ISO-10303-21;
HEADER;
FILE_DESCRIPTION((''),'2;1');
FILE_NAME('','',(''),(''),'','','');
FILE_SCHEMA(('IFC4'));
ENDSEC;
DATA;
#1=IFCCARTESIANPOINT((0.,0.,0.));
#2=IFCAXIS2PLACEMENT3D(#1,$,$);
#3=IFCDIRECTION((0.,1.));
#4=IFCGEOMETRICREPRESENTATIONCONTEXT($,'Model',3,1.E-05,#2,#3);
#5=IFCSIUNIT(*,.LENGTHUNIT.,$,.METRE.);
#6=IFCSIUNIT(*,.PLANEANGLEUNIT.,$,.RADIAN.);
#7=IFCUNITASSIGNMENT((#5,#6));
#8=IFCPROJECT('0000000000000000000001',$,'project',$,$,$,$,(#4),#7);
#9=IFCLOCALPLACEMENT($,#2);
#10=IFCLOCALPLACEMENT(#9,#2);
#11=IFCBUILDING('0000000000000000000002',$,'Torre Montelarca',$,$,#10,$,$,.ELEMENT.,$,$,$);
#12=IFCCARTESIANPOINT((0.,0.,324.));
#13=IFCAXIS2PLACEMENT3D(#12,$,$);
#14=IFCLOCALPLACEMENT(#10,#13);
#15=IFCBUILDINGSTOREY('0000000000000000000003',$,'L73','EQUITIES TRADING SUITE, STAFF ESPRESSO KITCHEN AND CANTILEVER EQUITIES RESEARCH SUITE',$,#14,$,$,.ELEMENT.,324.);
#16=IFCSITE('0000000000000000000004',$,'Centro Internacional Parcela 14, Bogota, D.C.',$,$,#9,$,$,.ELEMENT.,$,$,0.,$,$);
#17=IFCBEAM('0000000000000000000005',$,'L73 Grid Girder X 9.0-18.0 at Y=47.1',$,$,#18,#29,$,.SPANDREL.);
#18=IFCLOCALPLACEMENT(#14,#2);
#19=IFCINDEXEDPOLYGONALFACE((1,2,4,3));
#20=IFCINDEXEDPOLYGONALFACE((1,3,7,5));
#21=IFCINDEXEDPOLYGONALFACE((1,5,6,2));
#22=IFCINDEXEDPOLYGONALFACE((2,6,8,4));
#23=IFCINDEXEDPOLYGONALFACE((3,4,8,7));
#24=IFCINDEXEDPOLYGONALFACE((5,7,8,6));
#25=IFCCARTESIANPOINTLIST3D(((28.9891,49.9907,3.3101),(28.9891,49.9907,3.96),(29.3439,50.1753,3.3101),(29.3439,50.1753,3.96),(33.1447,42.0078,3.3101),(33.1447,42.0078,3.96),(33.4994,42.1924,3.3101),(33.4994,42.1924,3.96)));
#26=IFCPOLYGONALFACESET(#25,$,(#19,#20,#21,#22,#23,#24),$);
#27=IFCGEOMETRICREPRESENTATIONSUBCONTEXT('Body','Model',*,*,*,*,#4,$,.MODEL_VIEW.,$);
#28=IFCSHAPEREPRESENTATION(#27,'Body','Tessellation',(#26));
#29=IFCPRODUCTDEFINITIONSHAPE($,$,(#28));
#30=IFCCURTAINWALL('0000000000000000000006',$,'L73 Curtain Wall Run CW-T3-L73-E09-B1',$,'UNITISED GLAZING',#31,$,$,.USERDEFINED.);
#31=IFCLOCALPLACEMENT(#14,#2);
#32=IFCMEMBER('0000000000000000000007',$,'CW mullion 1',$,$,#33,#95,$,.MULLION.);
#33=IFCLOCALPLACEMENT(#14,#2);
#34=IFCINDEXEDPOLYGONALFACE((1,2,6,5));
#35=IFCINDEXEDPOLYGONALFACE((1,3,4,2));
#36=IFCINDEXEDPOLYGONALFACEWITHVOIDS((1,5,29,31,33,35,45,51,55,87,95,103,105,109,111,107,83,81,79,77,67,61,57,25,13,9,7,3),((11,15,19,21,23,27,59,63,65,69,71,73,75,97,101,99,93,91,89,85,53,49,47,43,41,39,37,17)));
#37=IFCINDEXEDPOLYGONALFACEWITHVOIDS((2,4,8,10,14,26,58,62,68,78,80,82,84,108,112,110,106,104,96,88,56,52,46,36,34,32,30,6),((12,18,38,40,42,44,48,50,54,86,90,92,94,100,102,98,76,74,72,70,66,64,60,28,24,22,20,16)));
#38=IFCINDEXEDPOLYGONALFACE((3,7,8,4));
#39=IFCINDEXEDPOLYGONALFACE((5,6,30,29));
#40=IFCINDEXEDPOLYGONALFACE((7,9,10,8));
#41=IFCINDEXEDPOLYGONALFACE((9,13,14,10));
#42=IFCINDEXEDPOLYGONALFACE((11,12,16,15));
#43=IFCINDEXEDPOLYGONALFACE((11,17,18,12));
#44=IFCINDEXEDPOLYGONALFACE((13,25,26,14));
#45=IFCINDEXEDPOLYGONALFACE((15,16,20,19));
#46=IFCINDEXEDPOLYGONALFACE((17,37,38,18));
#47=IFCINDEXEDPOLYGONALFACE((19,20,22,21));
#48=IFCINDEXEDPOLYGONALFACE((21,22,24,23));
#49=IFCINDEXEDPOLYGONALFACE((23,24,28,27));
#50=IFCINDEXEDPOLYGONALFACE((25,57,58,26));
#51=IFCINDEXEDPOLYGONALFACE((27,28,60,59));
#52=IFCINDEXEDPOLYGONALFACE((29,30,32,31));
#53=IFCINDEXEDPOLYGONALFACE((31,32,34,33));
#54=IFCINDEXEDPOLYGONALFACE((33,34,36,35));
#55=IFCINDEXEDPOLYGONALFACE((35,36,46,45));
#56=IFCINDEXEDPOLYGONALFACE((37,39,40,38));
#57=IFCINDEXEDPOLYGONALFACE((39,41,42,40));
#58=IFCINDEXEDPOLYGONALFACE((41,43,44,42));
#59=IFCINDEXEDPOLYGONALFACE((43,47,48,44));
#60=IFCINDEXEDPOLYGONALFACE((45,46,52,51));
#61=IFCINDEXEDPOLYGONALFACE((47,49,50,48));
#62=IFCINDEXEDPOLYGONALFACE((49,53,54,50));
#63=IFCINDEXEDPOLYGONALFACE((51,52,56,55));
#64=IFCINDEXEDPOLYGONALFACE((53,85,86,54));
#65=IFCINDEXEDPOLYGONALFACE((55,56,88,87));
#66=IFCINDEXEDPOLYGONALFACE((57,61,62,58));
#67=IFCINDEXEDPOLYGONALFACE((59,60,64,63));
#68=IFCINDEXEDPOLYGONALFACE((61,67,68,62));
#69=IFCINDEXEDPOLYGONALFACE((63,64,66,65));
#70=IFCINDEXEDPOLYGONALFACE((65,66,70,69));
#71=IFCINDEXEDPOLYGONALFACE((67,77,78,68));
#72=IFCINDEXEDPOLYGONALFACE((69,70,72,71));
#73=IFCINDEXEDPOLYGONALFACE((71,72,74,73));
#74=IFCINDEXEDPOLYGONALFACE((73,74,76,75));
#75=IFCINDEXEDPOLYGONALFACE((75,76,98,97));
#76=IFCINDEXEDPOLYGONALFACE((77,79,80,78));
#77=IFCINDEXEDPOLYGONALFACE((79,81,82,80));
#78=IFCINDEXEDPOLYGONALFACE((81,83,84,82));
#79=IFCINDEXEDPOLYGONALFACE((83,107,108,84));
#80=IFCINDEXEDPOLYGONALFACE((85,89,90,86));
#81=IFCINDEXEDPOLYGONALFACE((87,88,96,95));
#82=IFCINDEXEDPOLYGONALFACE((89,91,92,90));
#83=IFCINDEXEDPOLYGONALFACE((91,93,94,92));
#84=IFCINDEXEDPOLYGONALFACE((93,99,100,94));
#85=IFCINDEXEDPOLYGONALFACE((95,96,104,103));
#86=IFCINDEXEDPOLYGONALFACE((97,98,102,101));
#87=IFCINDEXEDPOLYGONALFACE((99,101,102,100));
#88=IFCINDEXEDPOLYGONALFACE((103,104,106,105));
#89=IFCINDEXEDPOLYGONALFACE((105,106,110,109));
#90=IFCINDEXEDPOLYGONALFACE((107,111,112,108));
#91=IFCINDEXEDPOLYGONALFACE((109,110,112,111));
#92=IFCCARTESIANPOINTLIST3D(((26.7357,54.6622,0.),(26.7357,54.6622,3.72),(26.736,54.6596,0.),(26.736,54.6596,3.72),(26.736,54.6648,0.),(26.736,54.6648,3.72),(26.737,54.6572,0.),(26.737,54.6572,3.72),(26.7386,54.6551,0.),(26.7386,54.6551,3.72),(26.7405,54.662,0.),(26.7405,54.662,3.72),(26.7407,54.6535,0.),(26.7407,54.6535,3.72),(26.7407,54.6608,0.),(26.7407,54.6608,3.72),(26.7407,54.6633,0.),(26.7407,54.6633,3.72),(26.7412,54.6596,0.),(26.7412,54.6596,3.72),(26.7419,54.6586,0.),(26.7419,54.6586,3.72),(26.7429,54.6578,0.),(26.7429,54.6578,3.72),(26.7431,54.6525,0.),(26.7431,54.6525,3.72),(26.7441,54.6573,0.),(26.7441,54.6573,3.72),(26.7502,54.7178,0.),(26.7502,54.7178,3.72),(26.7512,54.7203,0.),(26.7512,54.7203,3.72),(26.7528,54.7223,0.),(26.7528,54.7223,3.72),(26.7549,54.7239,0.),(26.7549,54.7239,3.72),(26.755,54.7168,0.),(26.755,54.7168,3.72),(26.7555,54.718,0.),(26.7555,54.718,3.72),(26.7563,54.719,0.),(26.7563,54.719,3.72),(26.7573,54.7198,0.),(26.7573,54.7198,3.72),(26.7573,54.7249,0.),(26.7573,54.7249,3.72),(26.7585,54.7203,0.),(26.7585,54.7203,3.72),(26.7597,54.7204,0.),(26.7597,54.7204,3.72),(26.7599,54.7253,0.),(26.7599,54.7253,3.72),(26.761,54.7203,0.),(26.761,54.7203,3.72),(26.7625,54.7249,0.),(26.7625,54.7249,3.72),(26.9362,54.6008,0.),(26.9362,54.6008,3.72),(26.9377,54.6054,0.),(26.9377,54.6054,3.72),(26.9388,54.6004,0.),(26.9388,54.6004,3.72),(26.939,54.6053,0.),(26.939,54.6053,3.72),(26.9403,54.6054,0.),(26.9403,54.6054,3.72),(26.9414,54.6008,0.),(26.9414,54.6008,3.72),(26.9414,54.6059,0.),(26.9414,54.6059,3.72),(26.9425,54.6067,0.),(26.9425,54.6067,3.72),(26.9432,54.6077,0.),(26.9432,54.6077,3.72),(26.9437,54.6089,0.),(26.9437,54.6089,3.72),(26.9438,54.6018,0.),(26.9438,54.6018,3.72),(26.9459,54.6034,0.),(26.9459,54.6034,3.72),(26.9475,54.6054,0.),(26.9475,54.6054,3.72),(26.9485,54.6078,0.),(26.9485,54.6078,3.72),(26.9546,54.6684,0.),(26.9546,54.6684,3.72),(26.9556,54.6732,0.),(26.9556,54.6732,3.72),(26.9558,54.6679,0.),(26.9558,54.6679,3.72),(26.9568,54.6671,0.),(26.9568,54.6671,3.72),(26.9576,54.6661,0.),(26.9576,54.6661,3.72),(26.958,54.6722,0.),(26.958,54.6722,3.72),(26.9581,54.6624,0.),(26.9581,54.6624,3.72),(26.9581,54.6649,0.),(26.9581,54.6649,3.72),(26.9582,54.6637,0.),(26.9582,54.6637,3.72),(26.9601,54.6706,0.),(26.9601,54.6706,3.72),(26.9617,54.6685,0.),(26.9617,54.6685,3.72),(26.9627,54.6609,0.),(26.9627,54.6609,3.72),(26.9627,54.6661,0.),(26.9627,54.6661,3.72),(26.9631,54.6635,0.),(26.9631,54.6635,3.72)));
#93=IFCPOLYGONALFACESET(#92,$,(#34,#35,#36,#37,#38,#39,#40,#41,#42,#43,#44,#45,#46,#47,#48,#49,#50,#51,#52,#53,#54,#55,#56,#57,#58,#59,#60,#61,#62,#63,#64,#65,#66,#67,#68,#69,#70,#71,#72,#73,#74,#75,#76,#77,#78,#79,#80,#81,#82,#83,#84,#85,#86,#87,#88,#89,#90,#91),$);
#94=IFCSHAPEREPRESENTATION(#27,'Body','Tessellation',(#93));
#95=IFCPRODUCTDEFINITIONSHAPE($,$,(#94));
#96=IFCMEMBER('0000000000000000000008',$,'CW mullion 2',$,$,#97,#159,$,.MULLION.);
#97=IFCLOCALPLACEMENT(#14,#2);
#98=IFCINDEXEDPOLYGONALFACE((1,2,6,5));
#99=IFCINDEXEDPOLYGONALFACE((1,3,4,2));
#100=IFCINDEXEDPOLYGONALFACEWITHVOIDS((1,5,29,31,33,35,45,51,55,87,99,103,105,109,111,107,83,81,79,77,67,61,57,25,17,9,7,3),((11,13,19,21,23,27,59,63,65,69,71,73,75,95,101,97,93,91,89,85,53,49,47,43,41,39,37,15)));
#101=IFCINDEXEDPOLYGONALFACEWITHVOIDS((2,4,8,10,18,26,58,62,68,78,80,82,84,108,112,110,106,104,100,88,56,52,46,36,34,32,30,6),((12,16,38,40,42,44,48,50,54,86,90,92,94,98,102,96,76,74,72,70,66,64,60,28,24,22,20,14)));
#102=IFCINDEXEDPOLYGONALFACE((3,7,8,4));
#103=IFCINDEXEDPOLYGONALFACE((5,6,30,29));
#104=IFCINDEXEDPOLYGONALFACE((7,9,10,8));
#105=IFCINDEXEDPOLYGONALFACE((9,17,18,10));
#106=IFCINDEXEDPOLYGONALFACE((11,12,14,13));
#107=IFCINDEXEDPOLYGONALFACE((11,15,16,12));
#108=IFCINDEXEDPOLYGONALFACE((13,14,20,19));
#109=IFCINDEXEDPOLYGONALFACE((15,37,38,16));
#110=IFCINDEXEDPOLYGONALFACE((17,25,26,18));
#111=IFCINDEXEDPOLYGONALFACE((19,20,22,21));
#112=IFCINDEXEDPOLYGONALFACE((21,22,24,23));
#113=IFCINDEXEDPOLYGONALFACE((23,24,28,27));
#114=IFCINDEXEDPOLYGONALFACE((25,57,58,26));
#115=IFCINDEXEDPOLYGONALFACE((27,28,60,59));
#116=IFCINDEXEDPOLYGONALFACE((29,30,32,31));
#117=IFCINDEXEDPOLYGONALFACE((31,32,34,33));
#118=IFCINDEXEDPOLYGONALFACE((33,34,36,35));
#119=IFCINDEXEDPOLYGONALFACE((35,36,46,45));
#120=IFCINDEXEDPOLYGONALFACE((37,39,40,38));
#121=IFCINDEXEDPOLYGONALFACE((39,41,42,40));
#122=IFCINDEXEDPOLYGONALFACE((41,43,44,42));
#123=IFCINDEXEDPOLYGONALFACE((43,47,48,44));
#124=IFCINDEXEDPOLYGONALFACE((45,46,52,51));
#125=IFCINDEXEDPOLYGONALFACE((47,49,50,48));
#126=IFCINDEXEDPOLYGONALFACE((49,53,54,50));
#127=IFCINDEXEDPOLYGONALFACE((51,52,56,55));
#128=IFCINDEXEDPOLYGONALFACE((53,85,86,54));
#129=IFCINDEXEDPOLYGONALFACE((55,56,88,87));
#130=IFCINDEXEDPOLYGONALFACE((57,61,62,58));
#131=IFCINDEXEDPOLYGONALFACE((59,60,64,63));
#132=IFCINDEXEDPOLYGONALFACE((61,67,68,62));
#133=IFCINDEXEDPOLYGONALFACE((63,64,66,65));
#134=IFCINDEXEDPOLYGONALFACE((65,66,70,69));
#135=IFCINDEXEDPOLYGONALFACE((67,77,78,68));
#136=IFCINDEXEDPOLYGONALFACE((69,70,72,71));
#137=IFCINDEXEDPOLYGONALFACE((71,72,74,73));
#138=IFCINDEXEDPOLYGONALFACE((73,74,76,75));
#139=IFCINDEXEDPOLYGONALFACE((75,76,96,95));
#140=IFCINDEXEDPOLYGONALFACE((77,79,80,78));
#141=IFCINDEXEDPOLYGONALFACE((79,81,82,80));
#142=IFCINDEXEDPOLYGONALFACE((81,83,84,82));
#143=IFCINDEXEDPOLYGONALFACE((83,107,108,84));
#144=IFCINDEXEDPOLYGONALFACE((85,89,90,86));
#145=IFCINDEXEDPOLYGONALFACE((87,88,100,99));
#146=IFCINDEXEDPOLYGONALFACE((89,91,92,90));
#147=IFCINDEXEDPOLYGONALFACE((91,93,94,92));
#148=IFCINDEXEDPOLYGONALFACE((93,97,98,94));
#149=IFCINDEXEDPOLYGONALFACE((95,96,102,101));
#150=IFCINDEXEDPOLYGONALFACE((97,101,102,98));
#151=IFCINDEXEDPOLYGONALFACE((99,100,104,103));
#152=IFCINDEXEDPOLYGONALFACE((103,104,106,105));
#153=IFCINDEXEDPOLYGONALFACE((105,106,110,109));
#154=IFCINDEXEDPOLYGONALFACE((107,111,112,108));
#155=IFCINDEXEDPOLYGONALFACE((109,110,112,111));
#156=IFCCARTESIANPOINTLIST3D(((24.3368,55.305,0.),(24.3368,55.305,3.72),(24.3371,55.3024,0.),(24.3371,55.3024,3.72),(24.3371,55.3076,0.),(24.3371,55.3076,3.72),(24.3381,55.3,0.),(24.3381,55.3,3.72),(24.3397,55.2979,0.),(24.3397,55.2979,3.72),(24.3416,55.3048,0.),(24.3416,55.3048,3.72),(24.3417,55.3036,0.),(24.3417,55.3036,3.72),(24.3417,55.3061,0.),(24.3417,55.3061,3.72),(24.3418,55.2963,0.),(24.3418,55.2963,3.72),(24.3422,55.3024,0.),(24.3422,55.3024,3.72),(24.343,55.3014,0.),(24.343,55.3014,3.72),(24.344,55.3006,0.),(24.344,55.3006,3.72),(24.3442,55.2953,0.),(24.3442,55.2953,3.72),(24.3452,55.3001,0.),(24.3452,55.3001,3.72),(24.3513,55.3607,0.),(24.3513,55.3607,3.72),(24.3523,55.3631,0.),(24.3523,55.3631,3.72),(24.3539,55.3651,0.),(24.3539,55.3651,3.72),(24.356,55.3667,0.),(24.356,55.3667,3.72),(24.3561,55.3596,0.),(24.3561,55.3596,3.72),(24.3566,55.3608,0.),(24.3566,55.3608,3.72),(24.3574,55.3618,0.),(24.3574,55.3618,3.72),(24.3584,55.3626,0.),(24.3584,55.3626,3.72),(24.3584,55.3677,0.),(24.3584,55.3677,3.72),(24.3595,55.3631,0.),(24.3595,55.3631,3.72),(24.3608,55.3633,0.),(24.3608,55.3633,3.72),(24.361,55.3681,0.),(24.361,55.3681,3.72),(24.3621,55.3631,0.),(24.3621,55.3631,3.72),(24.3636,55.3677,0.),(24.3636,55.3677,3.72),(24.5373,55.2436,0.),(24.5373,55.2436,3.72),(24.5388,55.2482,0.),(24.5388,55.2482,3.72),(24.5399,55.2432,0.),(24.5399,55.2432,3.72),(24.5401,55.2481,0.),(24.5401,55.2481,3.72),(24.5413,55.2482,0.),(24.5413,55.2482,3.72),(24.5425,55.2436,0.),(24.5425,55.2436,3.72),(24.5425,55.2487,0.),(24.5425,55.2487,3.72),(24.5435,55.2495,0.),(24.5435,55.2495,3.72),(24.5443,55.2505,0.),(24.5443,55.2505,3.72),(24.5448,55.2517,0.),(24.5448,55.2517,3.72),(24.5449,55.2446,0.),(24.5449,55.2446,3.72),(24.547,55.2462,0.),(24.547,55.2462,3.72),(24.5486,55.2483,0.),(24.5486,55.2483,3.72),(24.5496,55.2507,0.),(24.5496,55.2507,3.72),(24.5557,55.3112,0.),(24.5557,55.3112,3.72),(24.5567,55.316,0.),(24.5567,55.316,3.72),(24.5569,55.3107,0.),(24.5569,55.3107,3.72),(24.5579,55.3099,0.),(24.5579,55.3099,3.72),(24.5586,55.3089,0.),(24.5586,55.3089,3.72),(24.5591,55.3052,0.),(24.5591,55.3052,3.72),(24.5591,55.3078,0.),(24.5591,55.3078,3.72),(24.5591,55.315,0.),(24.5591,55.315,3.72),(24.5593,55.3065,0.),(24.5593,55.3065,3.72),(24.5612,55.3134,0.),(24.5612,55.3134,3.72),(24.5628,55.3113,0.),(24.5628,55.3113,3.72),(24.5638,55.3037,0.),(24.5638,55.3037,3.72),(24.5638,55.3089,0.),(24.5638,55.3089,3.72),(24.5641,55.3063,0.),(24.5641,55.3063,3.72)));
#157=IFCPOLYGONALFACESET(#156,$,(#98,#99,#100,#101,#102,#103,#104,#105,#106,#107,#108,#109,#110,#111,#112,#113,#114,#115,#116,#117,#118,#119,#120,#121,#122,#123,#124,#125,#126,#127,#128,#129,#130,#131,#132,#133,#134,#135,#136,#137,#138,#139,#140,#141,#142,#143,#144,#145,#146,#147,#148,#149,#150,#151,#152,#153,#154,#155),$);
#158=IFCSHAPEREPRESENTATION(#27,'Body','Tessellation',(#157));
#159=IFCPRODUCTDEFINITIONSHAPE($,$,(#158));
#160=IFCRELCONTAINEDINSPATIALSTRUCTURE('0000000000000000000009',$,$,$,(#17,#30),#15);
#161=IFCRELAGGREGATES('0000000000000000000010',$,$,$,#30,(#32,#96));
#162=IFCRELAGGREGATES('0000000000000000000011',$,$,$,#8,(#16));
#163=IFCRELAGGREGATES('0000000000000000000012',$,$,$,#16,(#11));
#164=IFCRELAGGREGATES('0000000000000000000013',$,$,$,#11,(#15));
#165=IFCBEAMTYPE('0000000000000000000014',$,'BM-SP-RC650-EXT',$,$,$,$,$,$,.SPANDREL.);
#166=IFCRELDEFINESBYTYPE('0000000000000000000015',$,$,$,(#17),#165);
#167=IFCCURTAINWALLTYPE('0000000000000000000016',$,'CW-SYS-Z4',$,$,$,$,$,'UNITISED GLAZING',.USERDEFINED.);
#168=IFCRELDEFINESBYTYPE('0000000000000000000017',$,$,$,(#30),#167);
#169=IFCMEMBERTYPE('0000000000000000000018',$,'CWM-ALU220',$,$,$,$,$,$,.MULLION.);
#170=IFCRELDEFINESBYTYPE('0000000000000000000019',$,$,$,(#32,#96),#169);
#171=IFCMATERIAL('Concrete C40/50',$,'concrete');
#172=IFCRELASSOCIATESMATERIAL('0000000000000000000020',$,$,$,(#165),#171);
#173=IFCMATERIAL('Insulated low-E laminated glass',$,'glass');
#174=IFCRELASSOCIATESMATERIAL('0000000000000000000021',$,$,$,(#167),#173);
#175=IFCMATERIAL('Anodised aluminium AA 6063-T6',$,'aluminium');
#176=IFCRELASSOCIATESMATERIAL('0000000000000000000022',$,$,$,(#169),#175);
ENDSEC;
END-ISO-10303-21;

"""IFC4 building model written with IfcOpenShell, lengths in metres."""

from ifc_helpers import new_model, si_unit, direction, frame, origin, origin_2d, place, context, subcontext, project, spatial, rectangle, hollow_rectangle, extrude, source, transform, mapped, material, material_profile, profile_set, type_object, element, aggregate, save


model = new_model("IFC4")

# Units and contexts
model_context = context("Model", 3, precision=1e-05, world=origin(), true_north=direction((0.0, 1.0)))
body_context = subcontext(model_context, "Body", "Model", "MODEL_VIEW")
ifc_project = project(units=[si_unit("LENGTHUNIT", "METRE"), si_unit("PLANEANGLEUNIT", "RADIAN")], contexts=[model_context])

# Site, building, storey
site_placement = place(None, origin())
site = spatial("IfcSite", under=ifc_project, at=site_placement, Name="Centro Internacional Parcela 14, Bogota, D.C.", CompositionType="ELEMENT", RefElevation=0.0)
building_placement = place(site_placement, origin())
building = spatial("IfcBuilding", under=site, at=building_placement, Name="Torre Montelarca", CompositionType="ELEMENT")
storey_placement = place(building_placement, frame((0.0, 0.0, 324.0)))
storey = spatial("IfcBuildingStorey", under=building, at=storey_placement, Name="L73", Description="EQUITIES TRADING SUITE, STAFF ESPRESSO KITCHEN AND CANTILEVER EQUITIES RESEARCH SUITE", CompositionType="ELEMENT", Elevation=324.0)

# Shared definitions
ifc_material_1 = material(Name="Concrete C40/50", Category="concrete")

# Beam
ifc_material_profile_1 = material_profile(ifc_material_1, rectangle(XDim=0.3999, YDim=0.6499, at=origin_2d()), Name="RCB400X650", Category="concrete")
ifc_profile_set_1 = profile_set([ifc_material_profile_1], Name="Concrete C40/50")
beam_type = type_object("IfcBeamType", Name="BM-SP-RC650-EXT", PredefinedType="SPANDREL", material=ifc_profile_set_1)
shared_shape_1 = source(origin(), body_context, "Body", "SweptSolid", [
    extrude(rectangle(XDim=0.3999, YDim=0.6499, at=origin_2d()), origin(), (0.0, 0.0, 1.0), 8.9998),
])
beam_placement = place(storey_placement, frame((29.1665, 50.083, 3.635), z_axis=(0.461738, -0.887016, 0.0), x_axis=(0.887016, 0.461738, 0.0)))
element("IfcBeam", 1, at=beam_placement, inside=storey, type_object=beam_type, Name="L73 Grid Girder X 9.0-18.0 at Y=47.1", PredefinedType="SPANDREL", context=body_context, shape_type="MappedRepresentation", body=[
    mapped(shared_shape_1, transform((0.0, 0.0, 0.0), scale=1.0)),
])

# Curtain wall, members
ifc_material_2 = material(Name="Insulated low-E laminated glass", Category="glass")
curtain_wall_type = type_object("IfcCurtainWallType", Name="CW-SYS-Z4", ElementType="UNITISED GLAZING", PredefinedType="USERDEFINED", material=ifc_material_2)
curtain_wall_1_placement = place(storey_placement, origin())
curtain_wall_1 = element("IfcCurtainWall", 2, at=curtain_wall_1_placement, inside=storey, type_object=curtain_wall_type, Name="L73 Curtain Wall Run CW-T3-L73-E09-B1", ObjectType="UNITISED GLAZING", PredefinedType="USERDEFINED")
ifc_material_3 = material(Name="Anodised aluminium AA 6063-T6", Category="aluminium")
ifc_material_profile_2 = material_profile(ifc_material_3, hollow_rectangle(XDim=0.075, YDim=0.22, WallThickness=0.0049, InnerFilletRadius=0.0049, OuterFilletRadius=0.01, at=origin_2d()), Name="ALU75X220X5", Category="aluminium")
ifc_profile_set_2 = profile_set([ifc_material_profile_2], Name="Anodised aluminium AA 6063-T6")
member_type_1 = type_object("IfcMemberType", Name="CWM-ALU220", PredefinedType="MULLION", material=ifc_profile_set_2)
shared_shape_2 = source(origin(), body_context, "Body", "SweptSolid", [
    extrude(hollow_rectangle(XDim=0.075, YDim=0.22, WallThickness=0.0049, InnerFilletRadius=0.0049, OuterFilletRadius=0.01, at=origin_2d()), origin(), (0.0, 0.0, 1.0), 3.72),
])
member_1_placement = place(storey_placement, frame((26.8494, 54.6628, 0.0), z_axis=(0.0, 0.0, 1.0), x_axis=(-0.258815, -0.965927, 0.0)))
member_1 = element("IfcMember", 3, at=member_1_placement, type_object=member_type_1, Name="CW mullion 1", PredefinedType="MULLION", context=body_context, shape_type="MappedRepresentation", body=[
    mapped(shared_shape_2, transform((0.0, 0.0, 0.0), scale=1.0)),
])
member_2_placement = place(storey_placement, frame((24.4504, 55.3057, 0.0), z_axis=(0.0, 0.0, 1.0), x_axis=(-0.258815, -0.965927, 0.0)))
member_2 = element("IfcMember", 4, at=member_2_placement, type_object=member_type_1, Name="CW mullion 2", PredefinedType="MULLION", context=body_context, shape_type="MappedRepresentation", body=[
    mapped(shared_shape_2, transform((0.0, 0.0, 0.0), scale=1.0)),
])

aggregate(curtain_wall_1, [member_1, member_2])

save(model, "model.ifc")
